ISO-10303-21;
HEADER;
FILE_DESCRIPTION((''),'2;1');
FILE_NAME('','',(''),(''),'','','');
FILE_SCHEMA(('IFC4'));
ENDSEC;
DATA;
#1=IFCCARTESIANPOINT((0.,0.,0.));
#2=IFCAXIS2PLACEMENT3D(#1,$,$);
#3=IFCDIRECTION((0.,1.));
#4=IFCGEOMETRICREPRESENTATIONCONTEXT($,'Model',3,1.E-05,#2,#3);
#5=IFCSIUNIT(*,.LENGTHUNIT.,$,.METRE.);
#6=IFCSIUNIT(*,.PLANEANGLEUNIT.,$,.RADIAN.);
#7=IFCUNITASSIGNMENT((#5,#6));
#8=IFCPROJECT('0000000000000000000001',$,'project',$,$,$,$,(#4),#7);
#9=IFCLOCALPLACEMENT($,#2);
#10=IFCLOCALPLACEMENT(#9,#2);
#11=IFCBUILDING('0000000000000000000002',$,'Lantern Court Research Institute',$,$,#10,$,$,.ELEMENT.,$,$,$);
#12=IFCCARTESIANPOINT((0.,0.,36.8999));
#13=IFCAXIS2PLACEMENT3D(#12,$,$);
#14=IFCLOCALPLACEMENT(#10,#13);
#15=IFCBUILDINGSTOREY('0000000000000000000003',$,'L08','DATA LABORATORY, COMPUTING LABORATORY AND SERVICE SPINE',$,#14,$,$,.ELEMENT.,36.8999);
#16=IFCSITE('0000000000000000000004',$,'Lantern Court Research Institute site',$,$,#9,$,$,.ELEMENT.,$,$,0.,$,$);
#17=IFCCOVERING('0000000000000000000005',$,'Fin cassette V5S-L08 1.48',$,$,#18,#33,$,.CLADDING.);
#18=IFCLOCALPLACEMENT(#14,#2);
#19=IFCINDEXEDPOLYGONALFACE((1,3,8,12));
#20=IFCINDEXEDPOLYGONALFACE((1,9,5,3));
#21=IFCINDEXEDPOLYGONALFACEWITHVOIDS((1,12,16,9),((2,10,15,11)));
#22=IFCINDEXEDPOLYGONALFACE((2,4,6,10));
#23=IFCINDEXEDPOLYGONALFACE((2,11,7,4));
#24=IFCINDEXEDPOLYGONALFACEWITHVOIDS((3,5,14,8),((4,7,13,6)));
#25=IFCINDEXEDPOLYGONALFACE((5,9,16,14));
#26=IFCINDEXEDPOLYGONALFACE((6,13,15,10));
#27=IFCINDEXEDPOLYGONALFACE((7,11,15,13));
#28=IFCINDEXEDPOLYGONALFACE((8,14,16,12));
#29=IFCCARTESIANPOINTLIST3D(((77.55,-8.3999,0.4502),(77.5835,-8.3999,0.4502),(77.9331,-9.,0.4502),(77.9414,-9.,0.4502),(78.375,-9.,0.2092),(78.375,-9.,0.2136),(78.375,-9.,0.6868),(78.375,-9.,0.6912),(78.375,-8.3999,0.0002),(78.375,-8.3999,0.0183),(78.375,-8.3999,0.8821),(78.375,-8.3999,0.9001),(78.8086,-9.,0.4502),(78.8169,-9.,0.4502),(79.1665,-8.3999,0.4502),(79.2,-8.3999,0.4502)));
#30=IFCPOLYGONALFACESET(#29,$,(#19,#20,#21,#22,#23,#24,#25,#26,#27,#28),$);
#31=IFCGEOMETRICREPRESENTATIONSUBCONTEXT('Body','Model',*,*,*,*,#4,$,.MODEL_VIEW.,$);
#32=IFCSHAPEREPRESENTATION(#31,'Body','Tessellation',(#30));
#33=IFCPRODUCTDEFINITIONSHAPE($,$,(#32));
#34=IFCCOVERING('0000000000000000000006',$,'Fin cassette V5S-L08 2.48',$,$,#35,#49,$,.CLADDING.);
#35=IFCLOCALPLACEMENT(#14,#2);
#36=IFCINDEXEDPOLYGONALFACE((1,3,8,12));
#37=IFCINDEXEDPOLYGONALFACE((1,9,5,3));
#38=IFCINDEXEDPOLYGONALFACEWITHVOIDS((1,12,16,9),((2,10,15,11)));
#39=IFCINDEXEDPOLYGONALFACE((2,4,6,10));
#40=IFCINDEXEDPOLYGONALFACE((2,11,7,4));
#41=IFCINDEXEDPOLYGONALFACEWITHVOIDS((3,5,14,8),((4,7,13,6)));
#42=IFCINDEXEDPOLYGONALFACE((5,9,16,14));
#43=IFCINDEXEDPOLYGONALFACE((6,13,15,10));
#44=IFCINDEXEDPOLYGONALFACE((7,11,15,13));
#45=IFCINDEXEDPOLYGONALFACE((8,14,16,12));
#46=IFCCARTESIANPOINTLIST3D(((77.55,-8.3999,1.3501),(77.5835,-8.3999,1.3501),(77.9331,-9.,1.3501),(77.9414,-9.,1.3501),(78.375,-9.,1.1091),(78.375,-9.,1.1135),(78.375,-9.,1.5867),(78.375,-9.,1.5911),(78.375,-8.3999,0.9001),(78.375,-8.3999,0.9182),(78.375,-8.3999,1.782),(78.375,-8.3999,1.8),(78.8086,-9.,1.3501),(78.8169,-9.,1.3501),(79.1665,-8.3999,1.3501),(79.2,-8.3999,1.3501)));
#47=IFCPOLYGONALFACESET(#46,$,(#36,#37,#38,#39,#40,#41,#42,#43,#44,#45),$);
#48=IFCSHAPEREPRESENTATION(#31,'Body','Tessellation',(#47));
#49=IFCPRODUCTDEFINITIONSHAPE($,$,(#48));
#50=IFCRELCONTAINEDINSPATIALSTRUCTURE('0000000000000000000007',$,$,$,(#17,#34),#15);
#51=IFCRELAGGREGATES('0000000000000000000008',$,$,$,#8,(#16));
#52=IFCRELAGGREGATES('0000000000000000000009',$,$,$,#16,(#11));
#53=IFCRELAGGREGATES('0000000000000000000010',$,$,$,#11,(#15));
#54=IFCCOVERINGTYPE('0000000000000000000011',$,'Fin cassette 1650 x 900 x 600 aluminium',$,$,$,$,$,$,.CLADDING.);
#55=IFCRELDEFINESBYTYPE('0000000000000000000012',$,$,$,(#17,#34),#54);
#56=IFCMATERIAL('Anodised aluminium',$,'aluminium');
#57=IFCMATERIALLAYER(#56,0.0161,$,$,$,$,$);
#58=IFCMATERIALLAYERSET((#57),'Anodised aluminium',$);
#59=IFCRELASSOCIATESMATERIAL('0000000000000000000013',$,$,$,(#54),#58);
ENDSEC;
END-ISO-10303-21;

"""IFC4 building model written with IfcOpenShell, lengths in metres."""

from ifc_helpers import new_model, entity, si_unit, direction, frame, origin, place, context, subcontext, project, spatial, material, layer, layer_set, type_object, element, save


model = new_model("IFC4")

# Units and contexts
model_context = context("Model", 3, precision=1e-05, world=origin(), true_north=direction((0.0, 1.0)))
body_context = subcontext(model_context, "Body", "Model", "MODEL_VIEW")
ifc_project = project(units=[si_unit("LENGTHUNIT", "METRE"), si_unit("PLANEANGLEUNIT", "RADIAN")], contexts=[model_context])

# Site, building, storey
site_placement = place(None, origin())
site = spatial("IfcSite", under=ifc_project, at=site_placement, Name="Lantern Court Research Institute site", CompositionType="ELEMENT", RefElevation=0.0)
building_placement = place(site_placement, origin())
building = spatial("IfcBuilding", under=site, at=building_placement, Name="Lantern Court Research Institute", CompositionType="ELEMENT")
storey_placement = place(building_placement, frame((0.0, 0.0, 36.8999)))
storey = spatial("IfcBuildingStorey", under=building, at=storey_placement, Name="L08", Description="DATA LABORATORY, COMPUTING LABORATORY AND SERVICE SPINE", CompositionType="ELEMENT", Elevation=36.8999)

# Coverings
ifc_material_1 = material(Name="Anodised aluminium", Category="aluminium")
ifc_layer_1 = layer(ifc_material_1, 0.0161)
ifc_layer_set_1 = layer_set([ifc_layer_1], Name="Anodised aluminium")
covering_type = type_object("IfcCoveringType", Name="Fin cassette 1650 x 900 x 600 aluminium", PredefinedType="CLADDING", material=ifc_layer_set_1)
covering_1_placement = place(storey_placement, frame((78.375, -8.3999, 0.4502), z_axis=(0.0, -1.0, 0.0), x_axis=(1.0, 0.0, 0.0)))
cartesian_point_1 = entity("IfcCartesianPoint", [0.825, 0.0])
cartesian_point_2 = entity("IfcCartesianPoint", [0.7915, 0.0])
cartesian_point_3 = entity("IfcCartesianPoint", [0.4419, 0.0])
cartesian_point_4 = entity("IfcCartesianPoint", [0.4336, 0.0])
element("IfcCovering", 1, at=covering_1_placement, inside=storey, type_object=covering_type, Name="Fin cassette V5S-L08 1.48", PredefinedType="CLADDING", context=body_context, shape_type="SweptSolid", body=[
    entity("IfcExtrudedAreaSolidTapered", entity("IfcArbitraryProfileDefWithVoids", "AREA", None, entity("IfcPolyline", [cartesian_point_1, entity("IfcCartesianPoint", [0.0, 0.45]), entity("IfcCartesianPoint", [-0.825, 0.0]), entity("IfcCartesianPoint", [0.0, -0.45]), cartesian_point_1]), [entity("IfcPolyline", [cartesian_point_2, entity("IfcCartesianPoint", [0.0, 0.4319]), entity("IfcCartesianPoint", [-0.7915, 0.0]), entity("IfcCartesianPoint", [0.0, -0.4319]), cartesian_point_2])]), entity("IfcAxis2Placement3D", entity("IfcCartesianPoint", [0.0, 0.0, 0.0])), entity("IfcDirection", [0.0, 0.0, 1.0]), 0.6001, entity("IfcArbitraryProfileDefWithVoids", "AREA", None, entity("IfcPolyline", [cartesian_point_3, entity("IfcCartesianPoint", [0.0, 0.241]), entity("IfcCartesianPoint", [-0.4419, 0.0]), entity("IfcCartesianPoint", [0.0, -0.241]), cartesian_point_3]), [entity("IfcPolyline", [cartesian_point_4, entity("IfcCartesianPoint", [0.0, 0.2366]), entity("IfcCartesianPoint", [-0.4336, 0.0]), entity("IfcCartesianPoint", [0.0, -0.2366]), cartesian_point_4])])),
])
covering_2_placement = place(storey_placement, frame((78.375, -8.3999, 1.3501), z_axis=(0.0, -1.0, 0.0), x_axis=(1.0, 0.0, 0.0)))
cartesian_point_5 = entity("IfcCartesianPoint", [0.825, 0.0])
cartesian_point_6 = entity("IfcCartesianPoint", [0.7915, 0.0])
cartesian_point_7 = entity("IfcCartesianPoint", [0.4419, 0.0])
cartesian_point_8 = entity("IfcCartesianPoint", [0.4336, 0.0])
element("IfcCovering", 2, at=covering_2_placement, inside=storey, type_object=covering_type, Name="Fin cassette V5S-L08 2.48", PredefinedType="CLADDING", context=body_context, shape_type="SweptSolid", body=[
    entity("IfcExtrudedAreaSolidTapered", entity("IfcArbitraryProfileDefWithVoids", "AREA", None, entity("IfcPolyline", [cartesian_point_5, entity("IfcCartesianPoint", [0.0, 0.45]), entity("IfcCartesianPoint", [-0.825, 0.0]), entity("IfcCartesianPoint", [0.0, -0.45]), cartesian_point_5]), [entity("IfcPolyline", [cartesian_point_6, entity("IfcCartesianPoint", [0.0, 0.4319]), entity("IfcCartesianPoint", [-0.7915, 0.0]), entity("IfcCartesianPoint", [0.0, -0.4319]), cartesian_point_6])]), entity("IfcAxis2Placement3D", entity("IfcCartesianPoint", [0.0, 0.0, 0.0])), entity("IfcDirection", [0.0, 0.0, 1.0]), 0.6001, entity("IfcArbitraryProfileDefWithVoids", "AREA", None, entity("IfcPolyline", [cartesian_point_7, entity("IfcCartesianPoint", [0.0, 0.241]), entity("IfcCartesianPoint", [-0.4419, 0.0]), entity("IfcCartesianPoint", [0.0, -0.241]), cartesian_point_7]), [entity("IfcPolyline", [cartesian_point_8, entity("IfcCartesianPoint", [0.0, 0.2366]), entity("IfcCartesianPoint", [-0.4336, 0.0]), entity("IfcCartesianPoint", [0.0, -0.2366]), cartesian_point_8])])),
])

save(model, "model.ifc")
